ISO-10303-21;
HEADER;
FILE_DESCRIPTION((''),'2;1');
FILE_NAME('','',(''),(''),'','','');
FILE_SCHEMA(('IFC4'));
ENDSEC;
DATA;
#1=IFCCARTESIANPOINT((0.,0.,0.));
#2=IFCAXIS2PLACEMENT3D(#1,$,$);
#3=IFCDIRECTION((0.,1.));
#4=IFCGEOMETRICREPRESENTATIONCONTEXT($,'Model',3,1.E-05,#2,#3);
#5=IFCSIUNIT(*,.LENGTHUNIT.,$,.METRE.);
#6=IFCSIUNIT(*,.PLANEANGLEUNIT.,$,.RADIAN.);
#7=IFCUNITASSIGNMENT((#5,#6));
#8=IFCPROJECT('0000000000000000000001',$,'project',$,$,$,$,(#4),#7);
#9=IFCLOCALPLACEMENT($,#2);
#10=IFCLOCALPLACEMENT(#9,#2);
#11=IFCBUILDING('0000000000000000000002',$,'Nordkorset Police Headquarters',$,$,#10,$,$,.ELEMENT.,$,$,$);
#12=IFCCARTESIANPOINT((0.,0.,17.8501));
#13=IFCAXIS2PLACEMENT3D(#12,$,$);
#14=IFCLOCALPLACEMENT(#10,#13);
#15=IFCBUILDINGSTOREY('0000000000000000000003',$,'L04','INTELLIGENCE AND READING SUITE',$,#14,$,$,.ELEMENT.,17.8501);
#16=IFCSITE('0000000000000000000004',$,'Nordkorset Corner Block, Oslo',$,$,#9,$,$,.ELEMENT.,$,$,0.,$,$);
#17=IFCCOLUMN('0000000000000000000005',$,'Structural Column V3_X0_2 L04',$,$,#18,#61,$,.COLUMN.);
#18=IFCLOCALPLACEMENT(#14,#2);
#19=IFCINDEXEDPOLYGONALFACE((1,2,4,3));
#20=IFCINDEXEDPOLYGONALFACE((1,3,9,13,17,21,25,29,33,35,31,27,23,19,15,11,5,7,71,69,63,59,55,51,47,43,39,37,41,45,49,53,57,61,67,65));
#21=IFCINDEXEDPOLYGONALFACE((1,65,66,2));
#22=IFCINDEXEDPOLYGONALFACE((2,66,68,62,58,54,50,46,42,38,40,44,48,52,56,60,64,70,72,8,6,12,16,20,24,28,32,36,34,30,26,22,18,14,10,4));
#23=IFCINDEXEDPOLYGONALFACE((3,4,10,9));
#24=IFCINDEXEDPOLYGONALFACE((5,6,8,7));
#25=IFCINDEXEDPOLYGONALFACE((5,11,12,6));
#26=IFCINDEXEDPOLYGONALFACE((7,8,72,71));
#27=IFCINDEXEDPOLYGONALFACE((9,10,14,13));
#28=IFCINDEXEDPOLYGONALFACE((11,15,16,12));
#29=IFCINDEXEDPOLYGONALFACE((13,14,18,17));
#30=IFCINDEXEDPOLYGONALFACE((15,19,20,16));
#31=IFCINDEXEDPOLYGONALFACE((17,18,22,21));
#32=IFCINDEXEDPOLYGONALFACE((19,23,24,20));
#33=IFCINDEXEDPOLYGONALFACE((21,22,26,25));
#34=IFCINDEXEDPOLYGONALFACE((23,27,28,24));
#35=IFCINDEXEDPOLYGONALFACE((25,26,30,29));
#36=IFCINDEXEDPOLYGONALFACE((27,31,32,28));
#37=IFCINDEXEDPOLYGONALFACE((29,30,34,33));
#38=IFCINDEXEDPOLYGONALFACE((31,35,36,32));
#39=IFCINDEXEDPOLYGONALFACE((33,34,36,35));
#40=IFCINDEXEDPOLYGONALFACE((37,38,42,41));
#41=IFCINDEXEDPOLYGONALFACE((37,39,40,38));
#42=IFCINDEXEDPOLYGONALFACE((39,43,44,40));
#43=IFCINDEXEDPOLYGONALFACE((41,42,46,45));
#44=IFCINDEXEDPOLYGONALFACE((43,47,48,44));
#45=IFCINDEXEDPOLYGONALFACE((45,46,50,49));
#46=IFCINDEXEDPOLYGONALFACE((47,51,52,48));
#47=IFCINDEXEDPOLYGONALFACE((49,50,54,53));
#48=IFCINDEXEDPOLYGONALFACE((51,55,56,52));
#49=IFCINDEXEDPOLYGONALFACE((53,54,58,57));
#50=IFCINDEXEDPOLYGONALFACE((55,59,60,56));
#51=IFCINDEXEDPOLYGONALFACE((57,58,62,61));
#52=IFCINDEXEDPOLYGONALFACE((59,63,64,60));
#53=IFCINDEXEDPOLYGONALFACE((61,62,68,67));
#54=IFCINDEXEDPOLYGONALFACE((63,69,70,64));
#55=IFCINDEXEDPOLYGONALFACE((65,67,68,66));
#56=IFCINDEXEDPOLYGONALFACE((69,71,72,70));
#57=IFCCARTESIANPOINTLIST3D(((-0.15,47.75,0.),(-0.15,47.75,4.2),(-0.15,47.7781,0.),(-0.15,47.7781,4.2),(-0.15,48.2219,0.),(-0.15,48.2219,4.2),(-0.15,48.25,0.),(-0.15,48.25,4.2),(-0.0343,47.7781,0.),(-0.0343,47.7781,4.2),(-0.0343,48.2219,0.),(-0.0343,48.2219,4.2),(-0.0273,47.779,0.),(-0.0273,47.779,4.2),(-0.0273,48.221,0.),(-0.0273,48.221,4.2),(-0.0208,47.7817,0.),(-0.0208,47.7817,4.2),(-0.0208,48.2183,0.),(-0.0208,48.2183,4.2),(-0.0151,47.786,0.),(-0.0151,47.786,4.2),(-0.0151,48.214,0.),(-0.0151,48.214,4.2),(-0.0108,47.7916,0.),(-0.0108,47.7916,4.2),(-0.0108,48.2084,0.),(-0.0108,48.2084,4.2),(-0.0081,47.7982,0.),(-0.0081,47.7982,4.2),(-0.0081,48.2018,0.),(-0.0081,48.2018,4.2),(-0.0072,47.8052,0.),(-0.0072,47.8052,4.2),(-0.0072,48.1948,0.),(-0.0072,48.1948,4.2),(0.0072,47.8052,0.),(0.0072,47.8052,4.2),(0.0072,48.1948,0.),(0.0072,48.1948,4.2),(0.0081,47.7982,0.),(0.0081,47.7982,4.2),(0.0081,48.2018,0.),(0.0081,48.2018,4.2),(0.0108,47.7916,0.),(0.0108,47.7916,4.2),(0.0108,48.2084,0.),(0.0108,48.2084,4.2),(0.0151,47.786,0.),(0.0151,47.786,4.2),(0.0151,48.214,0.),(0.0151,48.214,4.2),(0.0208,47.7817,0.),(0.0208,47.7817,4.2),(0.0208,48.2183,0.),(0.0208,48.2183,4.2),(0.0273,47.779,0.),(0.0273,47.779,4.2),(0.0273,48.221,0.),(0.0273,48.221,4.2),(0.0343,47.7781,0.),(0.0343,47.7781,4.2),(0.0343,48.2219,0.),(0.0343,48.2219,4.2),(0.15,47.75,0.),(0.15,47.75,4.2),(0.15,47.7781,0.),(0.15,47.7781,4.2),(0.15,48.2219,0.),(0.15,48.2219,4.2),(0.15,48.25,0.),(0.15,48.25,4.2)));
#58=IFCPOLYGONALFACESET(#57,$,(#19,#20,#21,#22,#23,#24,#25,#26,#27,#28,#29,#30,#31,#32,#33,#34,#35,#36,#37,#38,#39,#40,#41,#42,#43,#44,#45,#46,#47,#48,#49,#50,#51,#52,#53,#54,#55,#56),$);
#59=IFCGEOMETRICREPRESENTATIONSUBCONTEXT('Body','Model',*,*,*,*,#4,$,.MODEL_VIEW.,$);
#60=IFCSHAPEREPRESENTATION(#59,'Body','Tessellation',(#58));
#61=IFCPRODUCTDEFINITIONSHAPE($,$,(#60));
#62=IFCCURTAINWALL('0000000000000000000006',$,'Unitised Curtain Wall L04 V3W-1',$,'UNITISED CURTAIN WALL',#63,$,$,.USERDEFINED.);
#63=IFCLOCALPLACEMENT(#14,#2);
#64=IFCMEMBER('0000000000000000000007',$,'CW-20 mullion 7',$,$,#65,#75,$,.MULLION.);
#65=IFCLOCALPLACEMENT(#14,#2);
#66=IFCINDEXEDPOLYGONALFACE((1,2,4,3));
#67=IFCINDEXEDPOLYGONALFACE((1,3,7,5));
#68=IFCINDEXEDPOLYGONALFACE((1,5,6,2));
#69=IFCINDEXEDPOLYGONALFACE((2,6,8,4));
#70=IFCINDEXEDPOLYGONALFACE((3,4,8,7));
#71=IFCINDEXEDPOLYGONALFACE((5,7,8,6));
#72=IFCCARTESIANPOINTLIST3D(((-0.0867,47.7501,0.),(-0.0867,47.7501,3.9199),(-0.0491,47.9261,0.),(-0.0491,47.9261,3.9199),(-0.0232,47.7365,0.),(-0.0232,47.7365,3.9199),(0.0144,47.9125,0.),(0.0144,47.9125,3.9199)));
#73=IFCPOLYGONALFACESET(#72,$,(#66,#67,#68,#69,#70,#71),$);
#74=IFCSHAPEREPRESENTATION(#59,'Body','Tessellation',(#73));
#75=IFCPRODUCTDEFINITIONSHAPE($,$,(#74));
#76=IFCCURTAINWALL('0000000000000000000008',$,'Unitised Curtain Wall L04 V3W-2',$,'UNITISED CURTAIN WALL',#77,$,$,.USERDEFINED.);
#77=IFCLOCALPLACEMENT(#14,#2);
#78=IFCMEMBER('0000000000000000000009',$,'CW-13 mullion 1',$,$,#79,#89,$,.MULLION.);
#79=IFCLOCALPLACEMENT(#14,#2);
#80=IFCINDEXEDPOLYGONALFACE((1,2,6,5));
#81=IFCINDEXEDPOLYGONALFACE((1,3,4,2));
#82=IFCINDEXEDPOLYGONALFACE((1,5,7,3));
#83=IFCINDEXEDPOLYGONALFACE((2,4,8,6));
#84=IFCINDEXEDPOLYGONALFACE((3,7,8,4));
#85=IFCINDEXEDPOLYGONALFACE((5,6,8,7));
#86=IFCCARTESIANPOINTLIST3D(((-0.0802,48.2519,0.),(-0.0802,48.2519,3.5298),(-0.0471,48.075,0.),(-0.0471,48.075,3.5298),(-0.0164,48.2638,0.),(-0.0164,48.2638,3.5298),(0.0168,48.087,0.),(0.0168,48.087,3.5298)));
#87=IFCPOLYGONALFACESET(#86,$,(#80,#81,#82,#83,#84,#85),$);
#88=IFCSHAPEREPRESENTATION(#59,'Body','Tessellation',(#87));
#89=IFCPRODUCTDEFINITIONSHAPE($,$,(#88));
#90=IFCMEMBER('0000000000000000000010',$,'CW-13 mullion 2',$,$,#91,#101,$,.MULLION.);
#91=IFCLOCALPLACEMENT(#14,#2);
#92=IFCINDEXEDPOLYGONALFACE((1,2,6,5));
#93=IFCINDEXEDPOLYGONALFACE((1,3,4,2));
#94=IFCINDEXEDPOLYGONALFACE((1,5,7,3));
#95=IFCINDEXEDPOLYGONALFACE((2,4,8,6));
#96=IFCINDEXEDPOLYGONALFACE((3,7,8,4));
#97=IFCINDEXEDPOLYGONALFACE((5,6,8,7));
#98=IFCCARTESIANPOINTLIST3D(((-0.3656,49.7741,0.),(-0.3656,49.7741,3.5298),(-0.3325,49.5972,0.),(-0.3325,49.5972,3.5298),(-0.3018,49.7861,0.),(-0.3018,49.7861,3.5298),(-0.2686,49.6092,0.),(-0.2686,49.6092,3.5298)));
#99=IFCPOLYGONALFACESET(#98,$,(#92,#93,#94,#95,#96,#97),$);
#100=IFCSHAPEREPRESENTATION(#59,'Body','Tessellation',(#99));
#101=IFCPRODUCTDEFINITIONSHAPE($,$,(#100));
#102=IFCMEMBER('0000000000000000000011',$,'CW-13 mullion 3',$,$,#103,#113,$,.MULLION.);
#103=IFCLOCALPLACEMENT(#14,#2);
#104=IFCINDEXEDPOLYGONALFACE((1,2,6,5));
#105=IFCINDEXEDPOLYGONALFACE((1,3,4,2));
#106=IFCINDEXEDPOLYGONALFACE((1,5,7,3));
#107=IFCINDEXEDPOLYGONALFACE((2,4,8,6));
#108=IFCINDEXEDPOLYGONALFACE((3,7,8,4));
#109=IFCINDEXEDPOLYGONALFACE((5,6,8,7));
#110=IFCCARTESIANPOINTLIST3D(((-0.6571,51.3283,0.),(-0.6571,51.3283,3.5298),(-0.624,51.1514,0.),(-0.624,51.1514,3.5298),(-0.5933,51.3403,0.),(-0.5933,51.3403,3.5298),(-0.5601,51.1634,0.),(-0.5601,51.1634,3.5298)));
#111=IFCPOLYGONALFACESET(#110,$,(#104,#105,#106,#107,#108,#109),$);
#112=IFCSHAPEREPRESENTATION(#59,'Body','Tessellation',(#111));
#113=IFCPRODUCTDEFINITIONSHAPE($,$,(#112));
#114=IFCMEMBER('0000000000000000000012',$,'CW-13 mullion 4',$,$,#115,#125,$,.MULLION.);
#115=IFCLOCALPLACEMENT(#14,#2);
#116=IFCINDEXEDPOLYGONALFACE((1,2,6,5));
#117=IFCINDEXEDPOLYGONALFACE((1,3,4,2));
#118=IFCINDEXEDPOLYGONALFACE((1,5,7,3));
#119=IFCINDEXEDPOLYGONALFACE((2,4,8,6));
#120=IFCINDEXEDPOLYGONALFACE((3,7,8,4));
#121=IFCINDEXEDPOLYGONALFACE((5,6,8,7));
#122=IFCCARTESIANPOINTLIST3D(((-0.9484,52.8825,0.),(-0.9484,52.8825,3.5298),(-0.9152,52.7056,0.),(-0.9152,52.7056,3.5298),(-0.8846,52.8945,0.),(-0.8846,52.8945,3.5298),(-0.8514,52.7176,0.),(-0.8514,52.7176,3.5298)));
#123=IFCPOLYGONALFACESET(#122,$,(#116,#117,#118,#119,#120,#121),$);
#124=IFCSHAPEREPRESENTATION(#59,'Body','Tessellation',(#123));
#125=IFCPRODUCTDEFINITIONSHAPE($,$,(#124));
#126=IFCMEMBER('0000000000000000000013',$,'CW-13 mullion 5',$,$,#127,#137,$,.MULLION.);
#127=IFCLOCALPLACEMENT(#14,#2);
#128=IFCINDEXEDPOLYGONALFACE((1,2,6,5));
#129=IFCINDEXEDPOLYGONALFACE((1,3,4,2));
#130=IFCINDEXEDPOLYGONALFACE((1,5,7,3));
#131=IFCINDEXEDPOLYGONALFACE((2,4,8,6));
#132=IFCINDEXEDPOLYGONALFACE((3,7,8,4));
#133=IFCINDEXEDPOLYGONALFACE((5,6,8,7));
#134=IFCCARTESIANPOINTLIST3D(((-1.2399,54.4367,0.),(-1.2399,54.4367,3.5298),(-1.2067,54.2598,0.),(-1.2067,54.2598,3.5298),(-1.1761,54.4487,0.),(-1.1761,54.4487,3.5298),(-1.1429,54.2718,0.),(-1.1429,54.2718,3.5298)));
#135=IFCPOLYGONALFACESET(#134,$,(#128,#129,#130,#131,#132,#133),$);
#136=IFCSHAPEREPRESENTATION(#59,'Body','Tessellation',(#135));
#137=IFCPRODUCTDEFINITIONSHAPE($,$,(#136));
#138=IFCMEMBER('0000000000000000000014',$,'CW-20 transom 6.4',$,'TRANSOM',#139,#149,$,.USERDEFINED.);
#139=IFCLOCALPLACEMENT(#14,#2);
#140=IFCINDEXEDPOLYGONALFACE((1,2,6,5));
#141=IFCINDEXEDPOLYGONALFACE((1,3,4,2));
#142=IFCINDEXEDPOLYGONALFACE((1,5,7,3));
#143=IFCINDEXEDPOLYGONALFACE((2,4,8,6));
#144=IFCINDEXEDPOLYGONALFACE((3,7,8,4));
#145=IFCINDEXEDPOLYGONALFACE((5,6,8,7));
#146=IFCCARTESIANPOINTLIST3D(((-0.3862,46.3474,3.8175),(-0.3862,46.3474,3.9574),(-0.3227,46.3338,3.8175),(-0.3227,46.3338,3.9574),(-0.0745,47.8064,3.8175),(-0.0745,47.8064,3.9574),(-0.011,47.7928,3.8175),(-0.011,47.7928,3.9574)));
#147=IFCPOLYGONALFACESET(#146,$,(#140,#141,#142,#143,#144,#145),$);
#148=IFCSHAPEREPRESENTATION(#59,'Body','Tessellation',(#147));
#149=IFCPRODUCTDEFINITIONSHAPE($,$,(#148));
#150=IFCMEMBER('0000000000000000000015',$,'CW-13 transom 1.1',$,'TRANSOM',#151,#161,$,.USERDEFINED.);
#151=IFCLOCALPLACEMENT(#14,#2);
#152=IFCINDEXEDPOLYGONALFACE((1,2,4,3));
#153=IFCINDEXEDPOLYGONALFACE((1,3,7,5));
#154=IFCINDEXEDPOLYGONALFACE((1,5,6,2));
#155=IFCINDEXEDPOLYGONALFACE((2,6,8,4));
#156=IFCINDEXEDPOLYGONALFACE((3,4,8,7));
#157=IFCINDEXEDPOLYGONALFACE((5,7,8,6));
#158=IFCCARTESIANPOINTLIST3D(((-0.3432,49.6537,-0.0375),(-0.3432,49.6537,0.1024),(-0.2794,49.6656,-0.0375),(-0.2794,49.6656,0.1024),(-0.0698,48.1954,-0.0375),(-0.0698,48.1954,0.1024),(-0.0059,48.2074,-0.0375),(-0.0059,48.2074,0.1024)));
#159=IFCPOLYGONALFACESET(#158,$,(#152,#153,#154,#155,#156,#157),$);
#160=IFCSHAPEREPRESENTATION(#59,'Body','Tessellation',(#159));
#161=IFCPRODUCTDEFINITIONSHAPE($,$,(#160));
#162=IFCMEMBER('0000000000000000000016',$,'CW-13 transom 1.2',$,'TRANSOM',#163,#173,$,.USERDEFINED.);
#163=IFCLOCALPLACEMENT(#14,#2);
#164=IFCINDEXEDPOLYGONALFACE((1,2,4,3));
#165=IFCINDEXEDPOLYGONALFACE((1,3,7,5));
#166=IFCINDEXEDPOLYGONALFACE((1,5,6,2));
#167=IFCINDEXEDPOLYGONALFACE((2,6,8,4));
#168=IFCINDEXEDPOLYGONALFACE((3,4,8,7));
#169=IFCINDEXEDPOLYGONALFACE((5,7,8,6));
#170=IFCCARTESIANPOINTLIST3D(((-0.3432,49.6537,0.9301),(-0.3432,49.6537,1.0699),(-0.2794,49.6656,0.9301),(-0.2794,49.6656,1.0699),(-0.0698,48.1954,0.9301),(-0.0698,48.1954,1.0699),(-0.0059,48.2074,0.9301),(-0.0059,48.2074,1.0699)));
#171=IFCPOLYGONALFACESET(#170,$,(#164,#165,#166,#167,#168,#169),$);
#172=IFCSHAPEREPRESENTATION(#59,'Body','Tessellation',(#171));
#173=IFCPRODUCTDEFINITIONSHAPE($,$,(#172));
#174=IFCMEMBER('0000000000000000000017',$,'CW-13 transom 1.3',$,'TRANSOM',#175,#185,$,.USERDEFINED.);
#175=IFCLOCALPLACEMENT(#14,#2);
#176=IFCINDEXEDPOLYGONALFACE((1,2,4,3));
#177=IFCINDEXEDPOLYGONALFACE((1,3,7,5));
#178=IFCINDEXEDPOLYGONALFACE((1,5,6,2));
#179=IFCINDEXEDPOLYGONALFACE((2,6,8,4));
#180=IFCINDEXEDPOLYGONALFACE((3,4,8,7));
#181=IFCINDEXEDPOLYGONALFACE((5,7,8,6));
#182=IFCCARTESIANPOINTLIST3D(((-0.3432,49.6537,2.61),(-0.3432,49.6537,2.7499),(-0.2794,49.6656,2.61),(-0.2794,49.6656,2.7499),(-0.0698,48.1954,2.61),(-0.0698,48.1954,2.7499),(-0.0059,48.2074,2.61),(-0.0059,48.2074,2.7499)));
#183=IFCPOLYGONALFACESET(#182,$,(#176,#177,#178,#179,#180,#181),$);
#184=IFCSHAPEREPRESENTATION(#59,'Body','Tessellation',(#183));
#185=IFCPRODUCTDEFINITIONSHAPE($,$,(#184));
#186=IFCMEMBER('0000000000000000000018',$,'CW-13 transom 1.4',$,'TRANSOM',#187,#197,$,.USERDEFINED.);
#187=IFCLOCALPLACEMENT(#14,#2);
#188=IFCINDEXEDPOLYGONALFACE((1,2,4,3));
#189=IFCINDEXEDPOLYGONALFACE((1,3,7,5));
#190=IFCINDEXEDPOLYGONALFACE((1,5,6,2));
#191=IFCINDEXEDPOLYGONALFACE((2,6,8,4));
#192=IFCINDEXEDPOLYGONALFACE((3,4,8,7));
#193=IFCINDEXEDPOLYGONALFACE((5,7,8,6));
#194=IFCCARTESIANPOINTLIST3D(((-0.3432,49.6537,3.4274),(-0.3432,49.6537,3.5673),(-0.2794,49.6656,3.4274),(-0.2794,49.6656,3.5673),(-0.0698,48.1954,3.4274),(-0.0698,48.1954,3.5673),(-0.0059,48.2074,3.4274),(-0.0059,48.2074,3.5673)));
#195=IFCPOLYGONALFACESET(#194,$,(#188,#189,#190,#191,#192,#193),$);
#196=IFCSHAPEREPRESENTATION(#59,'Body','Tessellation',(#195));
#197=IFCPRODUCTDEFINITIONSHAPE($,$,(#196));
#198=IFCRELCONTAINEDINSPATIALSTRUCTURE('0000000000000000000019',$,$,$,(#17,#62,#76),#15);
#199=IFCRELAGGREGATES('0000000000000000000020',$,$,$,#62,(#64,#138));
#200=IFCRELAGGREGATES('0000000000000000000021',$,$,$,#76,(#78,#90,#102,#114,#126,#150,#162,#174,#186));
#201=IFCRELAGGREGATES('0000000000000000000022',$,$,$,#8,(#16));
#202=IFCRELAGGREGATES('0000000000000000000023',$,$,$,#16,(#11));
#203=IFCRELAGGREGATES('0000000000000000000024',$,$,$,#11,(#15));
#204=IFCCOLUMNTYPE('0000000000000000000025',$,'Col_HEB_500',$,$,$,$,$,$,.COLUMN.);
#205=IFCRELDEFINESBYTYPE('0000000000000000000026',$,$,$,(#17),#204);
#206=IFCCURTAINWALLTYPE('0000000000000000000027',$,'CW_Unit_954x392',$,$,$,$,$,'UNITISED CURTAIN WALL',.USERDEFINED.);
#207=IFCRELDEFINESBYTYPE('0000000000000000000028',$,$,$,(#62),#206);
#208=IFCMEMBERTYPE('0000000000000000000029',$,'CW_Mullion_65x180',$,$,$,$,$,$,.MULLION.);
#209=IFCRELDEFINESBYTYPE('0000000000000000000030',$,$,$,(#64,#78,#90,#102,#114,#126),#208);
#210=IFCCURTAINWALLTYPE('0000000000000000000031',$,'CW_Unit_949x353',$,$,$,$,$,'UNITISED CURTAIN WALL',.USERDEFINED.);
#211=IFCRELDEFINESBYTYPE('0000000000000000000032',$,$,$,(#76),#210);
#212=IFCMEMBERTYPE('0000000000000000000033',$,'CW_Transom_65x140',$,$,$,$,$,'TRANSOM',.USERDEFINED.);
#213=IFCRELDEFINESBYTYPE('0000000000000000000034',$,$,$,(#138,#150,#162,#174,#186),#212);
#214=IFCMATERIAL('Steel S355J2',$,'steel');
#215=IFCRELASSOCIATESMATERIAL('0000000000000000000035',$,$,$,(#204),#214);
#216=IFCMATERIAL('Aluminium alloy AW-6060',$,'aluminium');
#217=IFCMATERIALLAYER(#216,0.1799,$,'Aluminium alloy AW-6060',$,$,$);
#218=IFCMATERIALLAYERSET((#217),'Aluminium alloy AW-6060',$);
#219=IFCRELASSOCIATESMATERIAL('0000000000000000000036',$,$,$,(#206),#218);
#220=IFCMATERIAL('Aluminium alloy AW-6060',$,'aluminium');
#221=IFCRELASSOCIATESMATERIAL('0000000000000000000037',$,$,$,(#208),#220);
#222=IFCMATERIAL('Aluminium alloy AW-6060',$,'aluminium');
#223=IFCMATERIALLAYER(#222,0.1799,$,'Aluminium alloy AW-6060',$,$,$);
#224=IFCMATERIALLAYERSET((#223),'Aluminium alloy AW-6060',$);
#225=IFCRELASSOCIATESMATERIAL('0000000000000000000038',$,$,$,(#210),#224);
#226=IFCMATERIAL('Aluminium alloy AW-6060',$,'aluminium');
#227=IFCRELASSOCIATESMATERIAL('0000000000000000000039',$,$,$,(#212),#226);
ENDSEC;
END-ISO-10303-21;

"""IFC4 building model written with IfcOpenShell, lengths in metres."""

from ifc_helpers import new_model, si_unit, direction, frame, origin, origin_2d, place, context, subcontext, project, spatial, rectangle, i_section, extrude, material, layer, layer_set, material_profile, profile_set, type_object, element, aggregate, save


model = new_model("IFC4")

# Units and contexts
model_context = context("Model", 3, precision=1e-05, world=origin(), true_north=direction((0.0, 1.0)))
body_context = subcontext(model_context, "Body", "Model", "MODEL_VIEW")
ifc_project = project(units=[si_unit("LENGTHUNIT", "METRE"), si_unit("PLANEANGLEUNIT", "RADIAN")], contexts=[model_context])

# Site, building, storey
site_placement = place(None, origin())
site = spatial("IfcSite", under=ifc_project, at=site_placement, Name="Nordkorset Corner Block, Oslo", CompositionType="ELEMENT", RefElevation=0.0)
building_placement = place(site_placement, origin())
building = spatial("IfcBuilding", under=site, at=building_placement, Name="Nordkorset Police Headquarters", CompositionType="ELEMENT")
storey_placement = place(building_placement, frame((0.0, 0.0, 17.8501)))
storey = spatial("IfcBuildingStorey", under=building, at=storey_placement, Name="L04", Description="INTELLIGENCE AND READING SUITE", CompositionType="ELEMENT", Elevation=17.8501)

# Column
ifc_material_1 = material(Name="Steel S355J2", Category="steel")
ifc_material_profile_1 = material_profile(ifc_material_1, i_section(OverallWidth=0.3, OverallDepth=0.5, WebThickness=0.0144, FlangeThickness=0.0281, FilletRadius=0.0271, at=origin_2d()), Name="HEB 500")
ifc_profile_set_1 = profile_set([ifc_material_profile_1], Name="Steel S355J2")
column_type = type_object("IfcColumnType", Name="Col_HEB_500", PredefinedType="COLUMN", material=ifc_profile_set_1)
column_placement = place(storey_placement, frame((0.0, 48.0, 0.0), z_axis=(0.0, 0.0, 1.0), x_axis=(1.0, 0.0, 0.0)))
element("IfcColumn", 1, at=column_placement, inside=storey, type_object=column_type, Name="Structural Column V3_X0_2 L04", PredefinedType="COLUMN", context=body_context, shape_type="SweptSolid", body=[
    extrude(i_section(OverallWidth=0.3, OverallDepth=0.5, WebThickness=0.0144, FlangeThickness=0.0281, FilletRadius=0.0271, at=origin_2d()), origin(), (0.0, 0.0, 1.0), 4.2),
])

# Curtain wall, member
ifc_material_2 = material(Name="Aluminium alloy AW-6060", Category="aluminium")
ifc_layer_1 = layer(ifc_material_2, 0.1799, Name="Aluminium alloy AW-6060")
ifc_layer_set_1 = layer_set([ifc_layer_1], Name="Aluminium alloy AW-6060")
curtain_wall_type_1 = type_object("IfcCurtainWallType", Name="CW_Unit_954x392", ElementType="UNITISED CURTAIN WALL", PredefinedType="USERDEFINED", material=ifc_layer_set_1)
curtain_wall_1_placement = place(storey_placement, origin())
curtain_wall_1 = element("IfcCurtainWall", 2, at=curtain_wall_1_placement, inside=storey, type_object=curtain_wall_type_1, Name="Unitised Curtain Wall L04 V3W-1", ObjectType="UNITISED CURTAIN WALL", PredefinedType="USERDEFINED")
ifc_material_3 = material(Name="Aluminium alloy AW-6060", Category="aluminium")
ifc_material_profile_2 = material_profile(ifc_material_3, rectangle(XDim=0.0649, YDim=0.1799, at=origin_2d()), Name="ALU MULL 65x180")
ifc_profile_set_2 = profile_set([ifc_material_profile_2], Name="Aluminium alloy AW-6060")
member_type_1 = type_object("IfcMemberType", Name="CW_Mullion_65x180", PredefinedType="MULLION", material=ifc_profile_set_2)
member_1_placement = place(storey_placement, frame((-0.0361, 47.8313, 0.0), z_axis=(0.0, 0.0, 1.0), x_axis=(-0.977951, 0.208833, 0.0)))
member_1 = element("IfcMember", 3, at=member_1_placement, type_object=member_type_1, Name="CW-20 mullion 7", PredefinedType="MULLION", context=body_context, shape_type="SweptSolid", body=[
    extrude(rectangle(XDim=0.0649, YDim=0.1799, at=origin_2d()), origin(), (0.0, 0.0, 1.0), 3.9199),
])

# Curtain wall, members
ifc_material_4 = material(Name="Aluminium alloy AW-6060", Category="aluminium")
ifc_layer_2 = layer(ifc_material_4, 0.1799, Name="Aluminium alloy AW-6060")
ifc_layer_set_2 = layer_set([ifc_layer_2], Name="Aluminium alloy AW-6060")
curtain_wall_type_2 = type_object("IfcCurtainWallType", Name="CW_Unit_949x353", ElementType="UNITISED CURTAIN WALL", PredefinedType="USERDEFINED", material=ifc_layer_set_2)
curtain_wall_2_placement = place(storey_placement, origin())
curtain_wall_2 = element("IfcCurtainWall", 4, at=curtain_wall_2_placement, inside=storey, type_object=curtain_wall_type_2, Name="Unitised Curtain Wall L04 V3W-2", ObjectType="UNITISED CURTAIN WALL", PredefinedType="USERDEFINED")
member_2_placement = place(storey_placement, frame((-0.0317, 48.1694, 0.0), z_axis=(0.0, 0.0, 1.0), x_axis=(-0.982872, -0.184289, 0.0)))
member_2 = element("IfcMember", 5, at=member_2_placement, type_object=member_type_1, Name="CW-13 mullion 1", PredefinedType="MULLION", context=body_context, shape_type="SweptSolid", body=[
    extrude(rectangle(XDim=0.0649, YDim=0.1799, at=origin_2d()), origin(), (0.0, 0.0, 1.0), 3.5298),
])
member_3_placement = place(storey_placement, frame((-0.3171, 49.6917, 0.0), z_axis=(0.0, 0.0, 1.0), x_axis=(-0.982872, -0.184289, 0.0)))
member_3 = element("IfcMember", 6, at=member_3_placement, type_object=member_type_1, Name="CW-13 mullion 2", PredefinedType="MULLION", context=body_context, shape_type="SweptSolid", body=[
    extrude(rectangle(XDim=0.0649, YDim=0.1799, at=origin_2d()), origin(), (0.0, 0.0, 1.0), 3.5298),
])
member_4_placement = place(storey_placement, frame((-0.6086, 51.2458, 0.0), z_axis=(0.0, 0.0, 1.0), x_axis=(-0.982872, -0.184289, 0.0)))
member_4 = element("IfcMember", 7, at=member_4_placement, type_object=member_type_1, Name="CW-13 mullion 3", PredefinedType="MULLION", context=body_context, shape_type="SweptSolid", body=[
    extrude(rectangle(XDim=0.0649, YDim=0.1799, at=origin_2d()), origin(), (0.0, 0.0, 1.0), 3.5298),
])
member_5_placement = place(storey_placement, frame((-0.8999, 52.8, 0.0), z_axis=(0.0, 0.0, 1.0), x_axis=(-0.982872, -0.184289, 0.0)))
member_5 = element("IfcMember", 8, at=member_5_placement, type_object=member_type_1, Name="CW-13 mullion 4", PredefinedType="MULLION", context=body_context, shape_type="SweptSolid", body=[
    extrude(rectangle(XDim=0.0649, YDim=0.1799, at=origin_2d()), origin(), (0.0, 0.0, 1.0), 3.5298),
])
member_6_placement = place(storey_placement, frame((-1.1914, 54.3542, 0.0), z_axis=(0.0, 0.0, 1.0), x_axis=(-0.982872, -0.184289, 0.0)))
member_6 = element("IfcMember", 9, at=member_6_placement, type_object=member_type_1, Name="CW-13 mullion 5", PredefinedType="MULLION", context=body_context, shape_type="SweptSolid", body=[
    extrude(rectangle(XDim=0.0649, YDim=0.1799, at=origin_2d()), origin(), (0.0, 0.0, 1.0), 3.5298),
])

# Members
ifc_material_5 = material(Name="Aluminium alloy AW-6060", Category="aluminium")
ifc_material_profile_3 = material_profile(ifc_material_5, rectangle(XDim=0.0649, YDim=0.1399, at=origin_2d()), Name="ALU TRAN 65x140")
ifc_profile_set_3 = profile_set([ifc_material_profile_3], Name="Aluminium alloy AW-6060")
member_type_2 = type_object("IfcMemberType", Name="CW_Transom_65x140", ElementType="TRANSOM", PredefinedType="USERDEFINED", material=ifc_profile_set_3)
member_7_placement = place(storey_placement, frame((-0.3545, 46.3406, 3.8875), z_axis=(0.20897, 0.977922, 0.0), x_axis=(-0.977922, 0.20897, 0.0)))
member_7 = element("IfcMember", 10, at=member_7_placement, type_object=member_type_2, Name="CW-20 transom 6.4", ObjectType="TRANSOM", PredefinedType="USERDEFINED", context=body_context, shape_type="SweptSolid", body=[
    extrude(rectangle(XDim=0.0649, YDim=0.1399, at=origin_2d()), origin(), (0.0, 0.0, 1.0), 1.4919),
])
member_8_placement = place(storey_placement, frame((-0.0378, 48.2014, 0.0325), z_axis=(-0.184298, 0.98287, 0.0), x_axis=(-0.98287, -0.184298, 0.0)))
member_8 = element("IfcMember", 11, at=member_8_placement, type_object=member_type_2, Name="CW-13 transom 1.1", ObjectType="TRANSOM", PredefinedType="USERDEFINED", context=body_context, shape_type="SweptSolid", body=[
    extrude(rectangle(XDim=0.0649, YDim=0.1399, at=origin_2d()), origin(), (0.0, 0.0, 1.0), 1.4836),
])
member_9_placement = place(storey_placement, frame((-0.0378, 48.2014, 1.0), z_axis=(-0.184298, 0.98287, 0.0), x_axis=(-0.98287, -0.184298, 0.0)))
member_9 = element("IfcMember", 12, at=member_9_placement, type_object=member_type_2, Name="CW-13 transom 1.2", ObjectType="TRANSOM", PredefinedType="USERDEFINED", context=body_context, shape_type="SweptSolid", body=[
    extrude(rectangle(XDim=0.0649, YDim=0.1399, at=origin_2d()), origin(), (0.0, 0.0, 1.0), 1.4836),
])
member_10_placement = place(storey_placement, frame((-0.0378, 48.2014, 2.6799), z_axis=(-0.184298, 0.98287, 0.0), x_axis=(-0.98287, -0.184298, 0.0)))
member_10 = element("IfcMember", 13, at=member_10_placement, type_object=member_type_2, Name="CW-13 transom 1.3", ObjectType="TRANSOM", PredefinedType="USERDEFINED", context=body_context, shape_type="SweptSolid", body=[
    extrude(rectangle(XDim=0.0649, YDim=0.1399, at=origin_2d()), origin(), (0.0, 0.0, 1.0), 1.4836),
])
member_11_placement = place(storey_placement, frame((-0.0378, 48.2014, 3.4973), z_axis=(-0.184298, 0.98287, 0.0), x_axis=(-0.98287, -0.184298, 0.0)))
member_11 = element("IfcMember", 14, at=member_11_placement, type_object=member_type_2, Name="CW-13 transom 1.4", ObjectType="TRANSOM", PredefinedType="USERDEFINED", context=body_context, shape_type="SweptSolid", body=[
    extrude(rectangle(XDim=0.0649, YDim=0.1399, at=origin_2d()), origin(), (0.0, 0.0, 1.0), 1.4836),
])

aggregate(curtain_wall_1, [member_1, member_7])
aggregate(curtain_wall_2, [member_2, member_3, member_4, member_5, member_6, member_8, member_9, member_10, member_11])

save(model, "model.ifc")
